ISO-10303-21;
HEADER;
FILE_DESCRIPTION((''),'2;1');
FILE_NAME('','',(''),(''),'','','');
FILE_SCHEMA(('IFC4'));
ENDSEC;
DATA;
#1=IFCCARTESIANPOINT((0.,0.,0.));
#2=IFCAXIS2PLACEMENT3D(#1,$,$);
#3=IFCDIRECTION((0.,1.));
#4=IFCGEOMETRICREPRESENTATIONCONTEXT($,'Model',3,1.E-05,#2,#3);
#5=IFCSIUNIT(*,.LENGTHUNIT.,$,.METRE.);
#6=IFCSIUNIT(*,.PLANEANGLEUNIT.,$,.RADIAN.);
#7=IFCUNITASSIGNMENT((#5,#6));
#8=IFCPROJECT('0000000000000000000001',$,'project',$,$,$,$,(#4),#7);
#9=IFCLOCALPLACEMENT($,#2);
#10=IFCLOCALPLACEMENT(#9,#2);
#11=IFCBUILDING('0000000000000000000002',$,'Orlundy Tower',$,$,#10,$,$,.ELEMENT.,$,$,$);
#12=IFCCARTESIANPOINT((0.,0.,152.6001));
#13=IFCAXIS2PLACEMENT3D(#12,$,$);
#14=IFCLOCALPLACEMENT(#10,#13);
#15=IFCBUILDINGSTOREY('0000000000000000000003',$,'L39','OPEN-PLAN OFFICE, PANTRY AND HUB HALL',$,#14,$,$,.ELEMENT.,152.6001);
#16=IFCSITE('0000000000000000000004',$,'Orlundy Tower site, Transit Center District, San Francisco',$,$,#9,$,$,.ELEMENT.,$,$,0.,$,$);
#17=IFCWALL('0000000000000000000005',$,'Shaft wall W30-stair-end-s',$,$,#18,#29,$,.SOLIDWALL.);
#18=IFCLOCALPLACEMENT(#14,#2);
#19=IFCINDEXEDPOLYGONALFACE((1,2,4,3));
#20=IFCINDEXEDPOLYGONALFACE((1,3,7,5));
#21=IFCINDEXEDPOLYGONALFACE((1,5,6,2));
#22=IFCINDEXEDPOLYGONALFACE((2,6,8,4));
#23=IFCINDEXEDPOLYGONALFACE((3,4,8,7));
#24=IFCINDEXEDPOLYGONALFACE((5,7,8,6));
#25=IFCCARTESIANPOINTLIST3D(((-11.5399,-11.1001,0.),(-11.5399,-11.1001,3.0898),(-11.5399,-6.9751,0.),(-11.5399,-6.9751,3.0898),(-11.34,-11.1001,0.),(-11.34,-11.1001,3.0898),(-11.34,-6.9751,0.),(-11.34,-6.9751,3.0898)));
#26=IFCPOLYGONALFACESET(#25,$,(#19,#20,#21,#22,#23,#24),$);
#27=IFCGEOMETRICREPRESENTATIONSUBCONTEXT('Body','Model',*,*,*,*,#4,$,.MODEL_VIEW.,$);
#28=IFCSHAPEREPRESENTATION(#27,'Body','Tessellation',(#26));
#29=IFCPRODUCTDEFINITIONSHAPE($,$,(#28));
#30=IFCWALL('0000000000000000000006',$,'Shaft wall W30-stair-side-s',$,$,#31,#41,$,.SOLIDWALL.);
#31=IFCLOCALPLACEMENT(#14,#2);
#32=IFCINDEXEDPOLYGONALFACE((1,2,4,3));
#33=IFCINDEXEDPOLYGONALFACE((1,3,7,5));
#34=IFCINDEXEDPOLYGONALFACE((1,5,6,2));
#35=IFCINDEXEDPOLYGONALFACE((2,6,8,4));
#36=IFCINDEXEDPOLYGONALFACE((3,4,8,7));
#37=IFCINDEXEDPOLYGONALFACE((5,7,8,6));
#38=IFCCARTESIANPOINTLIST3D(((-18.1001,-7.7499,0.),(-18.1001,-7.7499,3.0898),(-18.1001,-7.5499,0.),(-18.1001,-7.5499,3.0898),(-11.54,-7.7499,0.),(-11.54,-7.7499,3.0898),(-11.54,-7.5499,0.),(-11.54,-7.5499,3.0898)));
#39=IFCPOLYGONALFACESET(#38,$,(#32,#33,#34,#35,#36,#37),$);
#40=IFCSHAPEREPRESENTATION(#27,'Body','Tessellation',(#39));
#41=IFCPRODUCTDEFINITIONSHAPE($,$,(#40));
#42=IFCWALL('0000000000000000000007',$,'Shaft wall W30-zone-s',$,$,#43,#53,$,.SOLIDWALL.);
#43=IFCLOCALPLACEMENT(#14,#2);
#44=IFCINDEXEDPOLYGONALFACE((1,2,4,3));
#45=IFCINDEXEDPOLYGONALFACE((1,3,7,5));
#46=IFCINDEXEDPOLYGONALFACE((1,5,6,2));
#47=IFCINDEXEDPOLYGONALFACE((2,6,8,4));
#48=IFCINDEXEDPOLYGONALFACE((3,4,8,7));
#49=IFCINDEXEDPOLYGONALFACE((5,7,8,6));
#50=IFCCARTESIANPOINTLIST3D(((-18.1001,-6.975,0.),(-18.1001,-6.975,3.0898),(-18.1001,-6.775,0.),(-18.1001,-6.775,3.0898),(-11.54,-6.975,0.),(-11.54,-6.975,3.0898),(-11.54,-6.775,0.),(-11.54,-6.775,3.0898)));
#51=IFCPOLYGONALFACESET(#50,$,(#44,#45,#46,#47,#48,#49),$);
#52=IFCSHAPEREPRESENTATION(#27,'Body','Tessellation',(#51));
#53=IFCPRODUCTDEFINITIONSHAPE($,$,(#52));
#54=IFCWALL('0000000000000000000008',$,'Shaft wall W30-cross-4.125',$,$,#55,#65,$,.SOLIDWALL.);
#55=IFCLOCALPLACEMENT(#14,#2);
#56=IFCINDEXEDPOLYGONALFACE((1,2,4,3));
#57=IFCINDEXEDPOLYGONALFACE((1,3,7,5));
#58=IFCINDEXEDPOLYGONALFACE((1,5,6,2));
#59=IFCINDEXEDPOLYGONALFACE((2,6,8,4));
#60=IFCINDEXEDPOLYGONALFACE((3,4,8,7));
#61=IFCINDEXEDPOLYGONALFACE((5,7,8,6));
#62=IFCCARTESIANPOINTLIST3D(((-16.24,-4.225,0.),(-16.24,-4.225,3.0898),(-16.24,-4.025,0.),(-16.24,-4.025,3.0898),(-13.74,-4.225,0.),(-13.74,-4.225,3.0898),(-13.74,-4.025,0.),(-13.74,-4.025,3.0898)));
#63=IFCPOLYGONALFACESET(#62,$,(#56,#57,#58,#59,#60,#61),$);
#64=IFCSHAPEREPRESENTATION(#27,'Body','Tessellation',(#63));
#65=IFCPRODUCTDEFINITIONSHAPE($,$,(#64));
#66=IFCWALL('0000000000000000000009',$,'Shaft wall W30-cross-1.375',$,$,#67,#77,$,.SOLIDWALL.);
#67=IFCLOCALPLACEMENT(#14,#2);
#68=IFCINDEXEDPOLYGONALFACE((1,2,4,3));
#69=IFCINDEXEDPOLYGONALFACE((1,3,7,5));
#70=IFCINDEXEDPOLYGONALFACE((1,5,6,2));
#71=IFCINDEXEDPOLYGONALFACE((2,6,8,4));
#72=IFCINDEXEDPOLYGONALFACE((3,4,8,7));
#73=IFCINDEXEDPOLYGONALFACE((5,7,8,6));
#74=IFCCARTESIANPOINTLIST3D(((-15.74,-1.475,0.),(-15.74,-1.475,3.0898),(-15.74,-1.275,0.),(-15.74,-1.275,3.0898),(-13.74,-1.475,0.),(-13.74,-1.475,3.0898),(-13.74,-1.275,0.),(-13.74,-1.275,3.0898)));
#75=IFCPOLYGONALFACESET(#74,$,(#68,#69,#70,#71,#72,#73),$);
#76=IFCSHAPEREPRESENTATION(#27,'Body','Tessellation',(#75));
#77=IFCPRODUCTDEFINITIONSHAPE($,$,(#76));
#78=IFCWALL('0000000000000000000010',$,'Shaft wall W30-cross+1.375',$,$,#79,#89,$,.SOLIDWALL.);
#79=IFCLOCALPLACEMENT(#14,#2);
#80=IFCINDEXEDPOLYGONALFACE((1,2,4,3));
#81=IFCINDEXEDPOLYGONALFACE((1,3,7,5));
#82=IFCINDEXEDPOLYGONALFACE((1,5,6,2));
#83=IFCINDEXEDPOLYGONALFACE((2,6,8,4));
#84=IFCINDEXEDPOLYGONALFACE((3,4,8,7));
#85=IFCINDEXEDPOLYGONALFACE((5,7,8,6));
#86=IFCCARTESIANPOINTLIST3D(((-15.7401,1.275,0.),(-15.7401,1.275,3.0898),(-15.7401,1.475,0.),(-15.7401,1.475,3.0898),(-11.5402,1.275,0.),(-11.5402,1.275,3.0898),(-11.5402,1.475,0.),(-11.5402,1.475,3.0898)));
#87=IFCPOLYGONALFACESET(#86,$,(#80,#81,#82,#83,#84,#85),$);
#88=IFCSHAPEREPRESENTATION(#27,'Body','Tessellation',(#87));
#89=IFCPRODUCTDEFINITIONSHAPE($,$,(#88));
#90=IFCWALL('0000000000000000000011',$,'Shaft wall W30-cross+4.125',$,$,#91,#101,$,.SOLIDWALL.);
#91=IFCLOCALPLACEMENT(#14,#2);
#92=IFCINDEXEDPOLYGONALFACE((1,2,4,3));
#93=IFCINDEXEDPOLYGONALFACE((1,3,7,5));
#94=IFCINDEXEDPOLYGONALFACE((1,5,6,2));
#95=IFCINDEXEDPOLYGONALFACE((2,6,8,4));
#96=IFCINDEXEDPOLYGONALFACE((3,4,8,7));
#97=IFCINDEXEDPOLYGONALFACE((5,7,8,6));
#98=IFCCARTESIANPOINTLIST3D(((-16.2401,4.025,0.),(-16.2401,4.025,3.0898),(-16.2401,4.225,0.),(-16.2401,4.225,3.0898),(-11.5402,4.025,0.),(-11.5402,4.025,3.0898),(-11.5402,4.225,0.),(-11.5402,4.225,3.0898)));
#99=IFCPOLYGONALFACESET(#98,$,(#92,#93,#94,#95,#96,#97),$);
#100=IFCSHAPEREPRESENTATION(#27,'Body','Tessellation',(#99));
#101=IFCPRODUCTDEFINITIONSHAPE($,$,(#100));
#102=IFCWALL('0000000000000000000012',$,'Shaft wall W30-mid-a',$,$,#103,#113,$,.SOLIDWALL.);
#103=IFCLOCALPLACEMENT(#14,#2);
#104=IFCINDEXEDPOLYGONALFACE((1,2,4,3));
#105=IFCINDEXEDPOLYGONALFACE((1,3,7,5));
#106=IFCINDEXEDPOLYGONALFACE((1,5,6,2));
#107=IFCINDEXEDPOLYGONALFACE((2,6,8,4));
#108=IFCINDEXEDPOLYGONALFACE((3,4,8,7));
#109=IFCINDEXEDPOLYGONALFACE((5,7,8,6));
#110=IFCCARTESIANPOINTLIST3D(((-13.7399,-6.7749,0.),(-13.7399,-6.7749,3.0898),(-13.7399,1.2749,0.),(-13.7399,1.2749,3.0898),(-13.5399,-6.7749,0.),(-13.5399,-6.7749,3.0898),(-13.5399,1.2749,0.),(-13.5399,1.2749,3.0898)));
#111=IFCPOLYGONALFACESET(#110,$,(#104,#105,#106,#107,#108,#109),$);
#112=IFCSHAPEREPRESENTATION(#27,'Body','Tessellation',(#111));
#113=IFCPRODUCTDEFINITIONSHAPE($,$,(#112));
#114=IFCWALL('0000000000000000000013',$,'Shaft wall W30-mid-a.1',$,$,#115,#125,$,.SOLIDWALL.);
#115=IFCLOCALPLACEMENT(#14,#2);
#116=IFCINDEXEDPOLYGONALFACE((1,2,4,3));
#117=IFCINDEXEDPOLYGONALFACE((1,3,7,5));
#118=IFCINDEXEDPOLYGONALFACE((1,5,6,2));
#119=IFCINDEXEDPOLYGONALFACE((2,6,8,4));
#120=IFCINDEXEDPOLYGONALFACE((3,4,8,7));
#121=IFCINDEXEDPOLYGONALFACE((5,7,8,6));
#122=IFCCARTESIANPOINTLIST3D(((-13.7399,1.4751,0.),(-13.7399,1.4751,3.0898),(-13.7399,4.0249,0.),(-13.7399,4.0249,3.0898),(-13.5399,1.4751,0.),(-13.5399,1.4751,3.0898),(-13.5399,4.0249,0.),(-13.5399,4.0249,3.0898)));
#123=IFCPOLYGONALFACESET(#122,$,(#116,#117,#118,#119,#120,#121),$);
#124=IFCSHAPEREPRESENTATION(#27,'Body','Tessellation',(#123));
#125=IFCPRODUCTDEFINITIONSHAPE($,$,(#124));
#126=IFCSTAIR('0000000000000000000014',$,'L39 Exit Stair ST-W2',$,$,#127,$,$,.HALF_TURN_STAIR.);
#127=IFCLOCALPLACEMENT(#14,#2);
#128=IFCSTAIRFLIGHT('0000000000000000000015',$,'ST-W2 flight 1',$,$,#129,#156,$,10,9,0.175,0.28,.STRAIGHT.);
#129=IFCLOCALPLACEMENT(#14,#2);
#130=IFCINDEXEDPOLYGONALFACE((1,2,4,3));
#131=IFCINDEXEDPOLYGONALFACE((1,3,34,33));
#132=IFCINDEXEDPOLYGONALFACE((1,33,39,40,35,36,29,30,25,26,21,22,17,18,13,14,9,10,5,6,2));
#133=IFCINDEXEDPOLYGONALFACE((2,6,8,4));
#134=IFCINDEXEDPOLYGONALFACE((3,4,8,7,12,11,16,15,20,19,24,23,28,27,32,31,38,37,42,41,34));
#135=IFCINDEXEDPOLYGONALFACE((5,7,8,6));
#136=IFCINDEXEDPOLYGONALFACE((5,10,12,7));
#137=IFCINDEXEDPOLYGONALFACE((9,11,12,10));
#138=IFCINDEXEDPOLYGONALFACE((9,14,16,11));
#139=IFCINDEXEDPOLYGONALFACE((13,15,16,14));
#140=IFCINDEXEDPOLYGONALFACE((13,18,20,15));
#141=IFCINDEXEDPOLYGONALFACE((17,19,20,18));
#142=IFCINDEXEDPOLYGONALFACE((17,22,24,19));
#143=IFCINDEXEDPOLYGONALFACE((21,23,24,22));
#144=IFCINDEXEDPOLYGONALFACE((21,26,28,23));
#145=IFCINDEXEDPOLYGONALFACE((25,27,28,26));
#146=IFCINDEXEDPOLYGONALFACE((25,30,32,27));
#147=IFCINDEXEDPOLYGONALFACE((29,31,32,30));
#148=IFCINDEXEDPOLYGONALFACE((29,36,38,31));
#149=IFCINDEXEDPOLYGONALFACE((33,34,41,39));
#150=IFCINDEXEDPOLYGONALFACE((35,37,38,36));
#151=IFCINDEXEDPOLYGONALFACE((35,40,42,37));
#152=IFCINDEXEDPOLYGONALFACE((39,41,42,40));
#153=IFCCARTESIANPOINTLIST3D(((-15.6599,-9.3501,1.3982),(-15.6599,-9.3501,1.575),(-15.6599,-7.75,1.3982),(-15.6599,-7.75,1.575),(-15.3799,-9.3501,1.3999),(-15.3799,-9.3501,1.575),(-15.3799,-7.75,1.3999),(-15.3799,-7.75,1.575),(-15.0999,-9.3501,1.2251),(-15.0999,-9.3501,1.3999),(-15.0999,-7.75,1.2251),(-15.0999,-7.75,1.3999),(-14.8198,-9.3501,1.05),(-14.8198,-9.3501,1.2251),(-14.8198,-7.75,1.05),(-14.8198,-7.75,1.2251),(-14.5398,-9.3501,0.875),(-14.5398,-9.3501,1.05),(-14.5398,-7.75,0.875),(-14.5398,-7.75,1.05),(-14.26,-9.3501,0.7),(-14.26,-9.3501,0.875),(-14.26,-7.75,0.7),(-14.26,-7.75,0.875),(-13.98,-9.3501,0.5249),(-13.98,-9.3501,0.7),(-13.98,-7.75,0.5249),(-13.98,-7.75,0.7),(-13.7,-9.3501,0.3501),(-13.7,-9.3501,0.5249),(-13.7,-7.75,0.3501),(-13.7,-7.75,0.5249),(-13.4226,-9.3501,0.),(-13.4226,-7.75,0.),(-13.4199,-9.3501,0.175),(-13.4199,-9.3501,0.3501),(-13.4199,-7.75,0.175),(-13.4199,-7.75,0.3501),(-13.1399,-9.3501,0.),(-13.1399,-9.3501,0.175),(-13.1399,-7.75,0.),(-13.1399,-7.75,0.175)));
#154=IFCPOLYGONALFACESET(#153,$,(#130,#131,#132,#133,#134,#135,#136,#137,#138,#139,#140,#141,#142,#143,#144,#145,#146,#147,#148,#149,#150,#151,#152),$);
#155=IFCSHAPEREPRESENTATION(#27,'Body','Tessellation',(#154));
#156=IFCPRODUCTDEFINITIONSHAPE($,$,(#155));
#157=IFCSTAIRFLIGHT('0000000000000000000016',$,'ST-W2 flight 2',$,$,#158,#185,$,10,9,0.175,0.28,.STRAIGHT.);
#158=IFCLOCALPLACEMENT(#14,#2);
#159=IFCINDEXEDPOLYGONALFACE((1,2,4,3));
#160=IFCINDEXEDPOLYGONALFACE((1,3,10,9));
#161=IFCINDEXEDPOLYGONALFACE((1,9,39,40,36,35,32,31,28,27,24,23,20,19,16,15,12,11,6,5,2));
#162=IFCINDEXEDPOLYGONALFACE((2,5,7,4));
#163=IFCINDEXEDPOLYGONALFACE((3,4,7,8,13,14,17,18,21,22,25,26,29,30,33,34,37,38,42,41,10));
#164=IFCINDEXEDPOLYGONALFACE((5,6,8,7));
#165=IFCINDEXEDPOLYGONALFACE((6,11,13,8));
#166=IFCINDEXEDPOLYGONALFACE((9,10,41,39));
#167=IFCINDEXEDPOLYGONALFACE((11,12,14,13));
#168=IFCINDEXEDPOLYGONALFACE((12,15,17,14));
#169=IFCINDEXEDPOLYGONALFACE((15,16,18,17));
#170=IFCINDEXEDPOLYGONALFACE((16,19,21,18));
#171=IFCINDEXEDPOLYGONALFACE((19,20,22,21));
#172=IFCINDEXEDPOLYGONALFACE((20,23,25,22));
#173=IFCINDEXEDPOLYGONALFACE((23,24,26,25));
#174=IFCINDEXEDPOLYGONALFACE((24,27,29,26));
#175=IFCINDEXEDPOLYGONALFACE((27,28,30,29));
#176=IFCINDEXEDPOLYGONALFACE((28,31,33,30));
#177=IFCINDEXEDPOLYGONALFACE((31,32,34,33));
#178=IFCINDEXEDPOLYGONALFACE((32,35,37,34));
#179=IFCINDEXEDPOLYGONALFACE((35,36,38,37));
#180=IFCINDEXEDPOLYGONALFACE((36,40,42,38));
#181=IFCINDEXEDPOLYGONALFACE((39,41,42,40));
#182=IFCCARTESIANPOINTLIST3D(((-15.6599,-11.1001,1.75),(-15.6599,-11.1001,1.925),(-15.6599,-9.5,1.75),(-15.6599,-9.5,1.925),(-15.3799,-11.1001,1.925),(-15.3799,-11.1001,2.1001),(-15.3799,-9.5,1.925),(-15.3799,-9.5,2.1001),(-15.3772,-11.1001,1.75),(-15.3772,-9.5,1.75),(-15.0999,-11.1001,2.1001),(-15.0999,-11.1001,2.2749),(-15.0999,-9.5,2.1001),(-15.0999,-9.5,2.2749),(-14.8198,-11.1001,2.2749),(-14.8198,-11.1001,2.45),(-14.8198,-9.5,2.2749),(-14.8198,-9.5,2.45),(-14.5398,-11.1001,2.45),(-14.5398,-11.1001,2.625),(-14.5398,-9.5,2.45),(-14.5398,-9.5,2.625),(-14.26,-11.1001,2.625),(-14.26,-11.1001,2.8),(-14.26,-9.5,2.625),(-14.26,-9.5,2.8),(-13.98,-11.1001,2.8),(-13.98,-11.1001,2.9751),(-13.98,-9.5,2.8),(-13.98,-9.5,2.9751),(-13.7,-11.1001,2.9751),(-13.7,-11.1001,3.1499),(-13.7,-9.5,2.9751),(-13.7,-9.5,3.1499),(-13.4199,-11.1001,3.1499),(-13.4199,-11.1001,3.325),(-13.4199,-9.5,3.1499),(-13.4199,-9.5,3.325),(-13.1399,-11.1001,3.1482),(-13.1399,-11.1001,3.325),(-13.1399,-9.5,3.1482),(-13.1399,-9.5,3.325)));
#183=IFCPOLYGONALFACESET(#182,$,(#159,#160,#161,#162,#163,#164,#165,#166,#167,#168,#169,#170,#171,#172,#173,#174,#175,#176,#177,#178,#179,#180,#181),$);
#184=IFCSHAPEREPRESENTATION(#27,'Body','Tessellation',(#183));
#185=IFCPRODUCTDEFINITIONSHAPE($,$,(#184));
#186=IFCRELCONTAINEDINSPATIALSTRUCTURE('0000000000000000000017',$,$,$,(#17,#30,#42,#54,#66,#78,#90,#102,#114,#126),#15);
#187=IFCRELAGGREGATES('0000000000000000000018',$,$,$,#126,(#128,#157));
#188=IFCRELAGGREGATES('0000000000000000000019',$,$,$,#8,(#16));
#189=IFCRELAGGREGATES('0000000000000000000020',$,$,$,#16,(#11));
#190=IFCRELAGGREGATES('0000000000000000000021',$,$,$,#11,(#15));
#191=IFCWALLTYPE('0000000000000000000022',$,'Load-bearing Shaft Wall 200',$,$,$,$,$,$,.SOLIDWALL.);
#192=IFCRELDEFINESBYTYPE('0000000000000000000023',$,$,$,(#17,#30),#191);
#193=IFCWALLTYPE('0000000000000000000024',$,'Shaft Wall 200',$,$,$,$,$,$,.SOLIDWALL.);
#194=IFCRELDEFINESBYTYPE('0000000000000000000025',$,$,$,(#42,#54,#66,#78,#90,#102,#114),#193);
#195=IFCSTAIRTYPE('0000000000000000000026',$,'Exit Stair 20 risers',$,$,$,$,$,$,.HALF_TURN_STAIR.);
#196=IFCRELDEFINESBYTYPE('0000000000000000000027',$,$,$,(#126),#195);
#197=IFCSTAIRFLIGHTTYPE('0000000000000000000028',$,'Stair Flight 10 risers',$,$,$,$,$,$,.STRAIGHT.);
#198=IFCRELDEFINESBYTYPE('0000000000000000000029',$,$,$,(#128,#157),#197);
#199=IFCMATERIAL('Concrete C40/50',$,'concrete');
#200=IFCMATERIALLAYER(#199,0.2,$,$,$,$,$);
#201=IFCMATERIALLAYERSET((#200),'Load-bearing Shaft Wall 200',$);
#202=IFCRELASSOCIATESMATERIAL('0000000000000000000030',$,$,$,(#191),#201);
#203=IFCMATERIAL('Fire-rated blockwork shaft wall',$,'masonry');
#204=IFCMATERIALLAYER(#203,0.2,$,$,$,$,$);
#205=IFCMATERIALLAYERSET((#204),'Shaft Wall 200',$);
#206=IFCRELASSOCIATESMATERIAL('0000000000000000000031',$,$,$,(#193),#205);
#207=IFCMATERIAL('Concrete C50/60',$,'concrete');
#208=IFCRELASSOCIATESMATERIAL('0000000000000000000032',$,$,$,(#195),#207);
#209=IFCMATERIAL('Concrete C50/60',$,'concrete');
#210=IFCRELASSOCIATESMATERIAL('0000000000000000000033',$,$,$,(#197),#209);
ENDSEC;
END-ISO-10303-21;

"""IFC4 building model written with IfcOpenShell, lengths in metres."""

from ifc_helpers import new_model, si_unit, direction, frame, frame_2d, origin, place, context, subcontext, project, spatial, polyline, rectangle, outline, extrude, material, layer, layer_set, type_object, element, aggregate, save


model = new_model("IFC4")

# Units and contexts
model_context = context("Model", 3, precision=1e-05, world=origin(), true_north=direction((0.0, 1.0)))
body_context = subcontext(model_context, "Body", "Model", "MODEL_VIEW")
ifc_project = project(units=[si_unit("LENGTHUNIT", "METRE"), si_unit("PLANEANGLEUNIT", "RADIAN")], contexts=[model_context])

# Site, building, storey
site_placement = place(None, origin())
site = spatial("IfcSite", under=ifc_project, at=site_placement, Name="Orlundy Tower site, Transit Center District, San Francisco", CompositionType="ELEMENT", RefElevation=0.0)
building_placement = place(site_placement, origin())
building = spatial("IfcBuilding", under=site, at=building_placement, Name="Orlundy Tower", CompositionType="ELEMENT")
storey_placement = place(building_placement, frame((0.0, 0.0, 152.6001)))
storey = spatial("IfcBuildingStorey", under=building, at=storey_placement, Name="L39", Description="OPEN-PLAN OFFICE, PANTRY AND HUB HALL", CompositionType="ELEMENT", Elevation=152.6001)

# Walls
ifc_material_1 = material(Name="Concrete C40/50", Category="concrete")
ifc_layer_1 = layer(ifc_material_1, 0.2)
ifc_layer_set_1 = layer_set([ifc_layer_1], Name="Load-bearing Shaft Wall 200")
wall_type_1 = type_object("IfcWallType", Name="Load-bearing Shaft Wall 200", PredefinedType="SOLIDWALL", material=ifc_layer_set_1)
wall_1_placement = place(storey_placement, frame((-11.4399, -11.1001, 0.0), z_axis=(0.0, 0.0, 1.0), x_axis=(0.0, 1.0, 0.0)))
element("IfcWall", 1, at=wall_1_placement, inside=storey, type_object=wall_type_1, Name="Shaft wall W30-stair-end-s", PredefinedType="SOLIDWALL", context=body_context, shape_type="SweptSolid", body=[
    extrude(rectangle(XDim=4.125, YDim=0.2, at=frame_2d((2.0625, 0.0))), origin(), (0.0, 0.0, 1.0), 3.0898),
])
wall_2_placement = place(storey_placement, frame((-11.54, -7.6499, 0.0), z_axis=(0.0, 0.0, 1.0), x_axis=(-1.0, 0.0, 0.0)))
element("IfcWall", 2, at=wall_2_placement, inside=storey, type_object=wall_type_1, Name="Shaft wall W30-stair-side-s", PredefinedType="SOLIDWALL", context=body_context, shape_type="SweptSolid", body=[
    extrude(rectangle(XDim=6.5601, YDim=0.2, at=frame_2d((3.28, 0.0))), origin(), (0.0, 0.0, 1.0), 3.0898),
])
ifc_material_2 = material(Name="Fire-rated blockwork shaft wall", Category="masonry")
ifc_layer_2 = layer(ifc_material_2, 0.2)
ifc_layer_set_2 = layer_set([ifc_layer_2], Name="Shaft Wall 200")
wall_type_2 = type_object("IfcWallType", Name="Shaft Wall 200", PredefinedType="SOLIDWALL", material=ifc_layer_set_2)
wall_3_placement = place(storey_placement, frame((-11.54, -6.875, 0.0), z_axis=(0.0, 0.0, 1.0), x_axis=(-1.0, 0.0, 0.0)))
element("IfcWall", 3, at=wall_3_placement, inside=storey, type_object=wall_type_2, Name="Shaft wall W30-zone-s", PredefinedType="SOLIDWALL", context=body_context, shape_type="SweptSolid", body=[
    extrude(rectangle(XDim=6.5601, YDim=0.2, at=frame_2d((3.28, 0.0))), origin(), (0.0, 0.0, 1.0), 3.0898),
])
wall_4_placement = place(storey_placement, frame((-13.74, -4.125, 0.0), z_axis=(0.0, 0.0, 1.0), x_axis=(-1.0, 0.0, 0.0)))
element("IfcWall", 4, at=wall_4_placement, inside=storey, type_object=wall_type_2, Name="Shaft wall W30-cross-4.125", PredefinedType="SOLIDWALL", context=body_context, shape_type="SweptSolid", body=[
    extrude(rectangle(XDim=2.5, YDim=0.2, at=frame_2d((1.25, 0.0))), origin(), (0.0, 0.0, 1.0), 3.0898),
])
wall_5_placement = place(storey_placement, frame((-13.74, -1.375, 0.0), z_axis=(0.0, 0.0, 1.0), x_axis=(-1.0, 0.0, 0.0)))
element("IfcWall", 5, at=wall_5_placement, inside=storey, type_object=wall_type_2, Name="Shaft wall W30-cross-1.375", PredefinedType="SOLIDWALL", context=body_context, shape_type="SweptSolid", body=[
    extrude(rectangle(XDim=2.0, YDim=0.2, at=frame_2d((1.0, 0.0))), origin(), (0.0, 0.0, 1.0), 3.0898),
])
wall_6_placement = place(storey_placement, frame((-11.54, 1.375, 0.0), z_axis=(0.0, 0.0, 1.0), x_axis=(-1.0, 0.0, 0.0)))
element("IfcWall", 6, at=wall_6_placement, inside=storey, type_object=wall_type_2, Name="Shaft wall W30-cross+1.375", PredefinedType="SOLIDWALL", context=body_context, shape_type="SweptSolid", body=[
    extrude(rectangle(XDim=4.2, YDim=0.2, at=frame_2d((2.1001, 0.0))), origin(), (0.0, 0.0, 1.0), 3.0898),
])
wall_7_placement = place(storey_placement, frame((-11.54, 4.125, 0.0), z_axis=(0.0, 0.0, 1.0), x_axis=(-1.0, 0.0, 0.0)))
element("IfcWall", 7, at=wall_7_placement, inside=storey, type_object=wall_type_2, Name="Shaft wall W30-cross+4.125", PredefinedType="SOLIDWALL", context=body_context, shape_type="SweptSolid", body=[
    extrude(rectangle(XDim=4.7, YDim=0.2, at=frame_2d((2.3501, 0.0))), origin(), (0.0, 0.0, 1.0), 3.0898),
])
wall_8_placement = place(storey_placement, frame((-13.6399, -6.7749, 0.0), z_axis=(0.0, 0.0, 1.0), x_axis=(0.0, 1.0, 0.0)))
element("IfcWall", 8, at=wall_8_placement, inside=storey, type_object=wall_type_2, Name="Shaft wall W30-mid-a", PredefinedType="SOLIDWALL", context=body_context, shape_type="SweptSolid", body=[
    extrude(rectangle(XDim=8.0498, YDim=0.2, at=frame_2d((4.0249, 0.0))), origin(), (0.0, 0.0, 1.0), 3.0898),
])
wall_9_placement = place(storey_placement, frame((-13.6399, 1.4751, 0.0), z_axis=(0.0, 0.0, 1.0), x_axis=(0.0, 1.0, 0.0)))
element("IfcWall", 9, at=wall_9_placement, inside=storey, type_object=wall_type_2, Name="Shaft wall W30-mid-a.1", PredefinedType="SOLIDWALL", context=body_context, shape_type="SweptSolid", body=[
    extrude(rectangle(XDim=2.5498, YDim=0.2, at=frame_2d((1.2749, 0.0))), origin(), (0.0, 0.0, 1.0), 3.0898),
])

# Stair, stair flights
ifc_material_3 = material(Name="Concrete C50/60", Category="concrete")
stair_type = type_object("IfcStairType", Name="Exit Stair 20 risers", PredefinedType="HALF_TURN_STAIR", material=ifc_material_3)
stair_placement = place(storey_placement, origin())
stair = element("IfcStair", 10, at=stair_placement, inside=storey, type_object=stair_type, Name="L39 Exit Stair ST-W2", PredefinedType="HALF_TURN_STAIR")
ifc_material_4 = material(Name="Concrete C50/60", Category="concrete")
stair_flight_type = type_object("IfcStairFlightType", Name="Stair Flight 10 risers", PredefinedType="STRAIGHT", material=ifc_material_4)
stair_flight_1_placement = place(storey_placement, frame((-13.1399, -8.55, 0.0), z_axis=(0.0, 0.0, 1.0), x_axis=(-1.0, 0.0, 0.0)))
stair_flight_1 = element("IfcStairFlight", 11, at=stair_flight_1_placement, type_object=stair_flight_type, Name="ST-W2 flight 1", NumberOfRisers=10, NumberOfTreads=9, PredefinedType="STRAIGHT", RiserHeight=0.175, TreadLength=0.28, context=body_context, shape_type="SweptSolid", body=[
    extrude(outline(polyline([(0.0, 0.0), (0.0, 0.175), (0.28, 0.175), (0.28, 0.3501), (0.5601, 0.3501), (0.5601, 0.5249), (0.8401, 0.5249), (0.8401, 0.7), (1.1201, 0.7), (1.1201, 0.875), (1.3999, 0.875), (1.3999, 1.05), (1.6799, 1.05), (1.6799, 1.2251), (1.96, 1.2251), (1.96, 1.3999), (2.24, 1.3999), (2.24, 1.575), (2.52, 1.575), (2.52, 1.75), (2.52, 1.3982), (0.2827, 0.0), (0.0, 0.0)])), frame((0.0, 0.8, 0.0), z_axis=(0.0, -1.0, 0.0), x_axis=(1.0, 0.0, 0.0)), (0.0, 0.0, 1.0), 1.6001),
])
stair_flight_2_placement = place(storey_placement, frame((-15.6599, -10.3, 1.75), z_axis=(0.0, 0.0, 1.0), x_axis=(1.0, 0.0, 0.0)))
stair_flight_2 = element("IfcStairFlight", 12, at=stair_flight_2_placement, type_object=stair_flight_type, Name="ST-W2 flight 2", NumberOfRisers=10, NumberOfTreads=9, PredefinedType="STRAIGHT", RiserHeight=0.175, TreadLength=0.28, context=body_context, shape_type="SweptSolid", body=[
    extrude(outline(polyline([(0.0, 0.0), (0.0, 0.175), (0.28, 0.175), (0.28, 0.3501), (0.5601, 0.3501), (0.5601, 0.5249), (0.8401, 0.5249), (0.8401, 0.7), (1.1201, 0.7), (1.1201, 0.875), (1.3999, 0.875), (1.3999, 1.05), (1.6799, 1.05), (1.6799, 1.2251), (1.96, 1.2251), (1.96, 1.3999), (2.24, 1.3999), (2.24, 1.575), (2.52, 1.575), (2.52, 1.75), (2.52, 1.3982), (0.2827, 0.0), (0.0, 0.0)])), frame((0.0, 0.8, 0.0), z_axis=(0.0, -1.0, 0.0), x_axis=(1.0, 0.0, 0.0)), (0.0, 0.0, 1.0), 1.6001),
])
aggregate(stair, [stair_flight_1, stair_flight_2])

save(model, "model.ifc")
